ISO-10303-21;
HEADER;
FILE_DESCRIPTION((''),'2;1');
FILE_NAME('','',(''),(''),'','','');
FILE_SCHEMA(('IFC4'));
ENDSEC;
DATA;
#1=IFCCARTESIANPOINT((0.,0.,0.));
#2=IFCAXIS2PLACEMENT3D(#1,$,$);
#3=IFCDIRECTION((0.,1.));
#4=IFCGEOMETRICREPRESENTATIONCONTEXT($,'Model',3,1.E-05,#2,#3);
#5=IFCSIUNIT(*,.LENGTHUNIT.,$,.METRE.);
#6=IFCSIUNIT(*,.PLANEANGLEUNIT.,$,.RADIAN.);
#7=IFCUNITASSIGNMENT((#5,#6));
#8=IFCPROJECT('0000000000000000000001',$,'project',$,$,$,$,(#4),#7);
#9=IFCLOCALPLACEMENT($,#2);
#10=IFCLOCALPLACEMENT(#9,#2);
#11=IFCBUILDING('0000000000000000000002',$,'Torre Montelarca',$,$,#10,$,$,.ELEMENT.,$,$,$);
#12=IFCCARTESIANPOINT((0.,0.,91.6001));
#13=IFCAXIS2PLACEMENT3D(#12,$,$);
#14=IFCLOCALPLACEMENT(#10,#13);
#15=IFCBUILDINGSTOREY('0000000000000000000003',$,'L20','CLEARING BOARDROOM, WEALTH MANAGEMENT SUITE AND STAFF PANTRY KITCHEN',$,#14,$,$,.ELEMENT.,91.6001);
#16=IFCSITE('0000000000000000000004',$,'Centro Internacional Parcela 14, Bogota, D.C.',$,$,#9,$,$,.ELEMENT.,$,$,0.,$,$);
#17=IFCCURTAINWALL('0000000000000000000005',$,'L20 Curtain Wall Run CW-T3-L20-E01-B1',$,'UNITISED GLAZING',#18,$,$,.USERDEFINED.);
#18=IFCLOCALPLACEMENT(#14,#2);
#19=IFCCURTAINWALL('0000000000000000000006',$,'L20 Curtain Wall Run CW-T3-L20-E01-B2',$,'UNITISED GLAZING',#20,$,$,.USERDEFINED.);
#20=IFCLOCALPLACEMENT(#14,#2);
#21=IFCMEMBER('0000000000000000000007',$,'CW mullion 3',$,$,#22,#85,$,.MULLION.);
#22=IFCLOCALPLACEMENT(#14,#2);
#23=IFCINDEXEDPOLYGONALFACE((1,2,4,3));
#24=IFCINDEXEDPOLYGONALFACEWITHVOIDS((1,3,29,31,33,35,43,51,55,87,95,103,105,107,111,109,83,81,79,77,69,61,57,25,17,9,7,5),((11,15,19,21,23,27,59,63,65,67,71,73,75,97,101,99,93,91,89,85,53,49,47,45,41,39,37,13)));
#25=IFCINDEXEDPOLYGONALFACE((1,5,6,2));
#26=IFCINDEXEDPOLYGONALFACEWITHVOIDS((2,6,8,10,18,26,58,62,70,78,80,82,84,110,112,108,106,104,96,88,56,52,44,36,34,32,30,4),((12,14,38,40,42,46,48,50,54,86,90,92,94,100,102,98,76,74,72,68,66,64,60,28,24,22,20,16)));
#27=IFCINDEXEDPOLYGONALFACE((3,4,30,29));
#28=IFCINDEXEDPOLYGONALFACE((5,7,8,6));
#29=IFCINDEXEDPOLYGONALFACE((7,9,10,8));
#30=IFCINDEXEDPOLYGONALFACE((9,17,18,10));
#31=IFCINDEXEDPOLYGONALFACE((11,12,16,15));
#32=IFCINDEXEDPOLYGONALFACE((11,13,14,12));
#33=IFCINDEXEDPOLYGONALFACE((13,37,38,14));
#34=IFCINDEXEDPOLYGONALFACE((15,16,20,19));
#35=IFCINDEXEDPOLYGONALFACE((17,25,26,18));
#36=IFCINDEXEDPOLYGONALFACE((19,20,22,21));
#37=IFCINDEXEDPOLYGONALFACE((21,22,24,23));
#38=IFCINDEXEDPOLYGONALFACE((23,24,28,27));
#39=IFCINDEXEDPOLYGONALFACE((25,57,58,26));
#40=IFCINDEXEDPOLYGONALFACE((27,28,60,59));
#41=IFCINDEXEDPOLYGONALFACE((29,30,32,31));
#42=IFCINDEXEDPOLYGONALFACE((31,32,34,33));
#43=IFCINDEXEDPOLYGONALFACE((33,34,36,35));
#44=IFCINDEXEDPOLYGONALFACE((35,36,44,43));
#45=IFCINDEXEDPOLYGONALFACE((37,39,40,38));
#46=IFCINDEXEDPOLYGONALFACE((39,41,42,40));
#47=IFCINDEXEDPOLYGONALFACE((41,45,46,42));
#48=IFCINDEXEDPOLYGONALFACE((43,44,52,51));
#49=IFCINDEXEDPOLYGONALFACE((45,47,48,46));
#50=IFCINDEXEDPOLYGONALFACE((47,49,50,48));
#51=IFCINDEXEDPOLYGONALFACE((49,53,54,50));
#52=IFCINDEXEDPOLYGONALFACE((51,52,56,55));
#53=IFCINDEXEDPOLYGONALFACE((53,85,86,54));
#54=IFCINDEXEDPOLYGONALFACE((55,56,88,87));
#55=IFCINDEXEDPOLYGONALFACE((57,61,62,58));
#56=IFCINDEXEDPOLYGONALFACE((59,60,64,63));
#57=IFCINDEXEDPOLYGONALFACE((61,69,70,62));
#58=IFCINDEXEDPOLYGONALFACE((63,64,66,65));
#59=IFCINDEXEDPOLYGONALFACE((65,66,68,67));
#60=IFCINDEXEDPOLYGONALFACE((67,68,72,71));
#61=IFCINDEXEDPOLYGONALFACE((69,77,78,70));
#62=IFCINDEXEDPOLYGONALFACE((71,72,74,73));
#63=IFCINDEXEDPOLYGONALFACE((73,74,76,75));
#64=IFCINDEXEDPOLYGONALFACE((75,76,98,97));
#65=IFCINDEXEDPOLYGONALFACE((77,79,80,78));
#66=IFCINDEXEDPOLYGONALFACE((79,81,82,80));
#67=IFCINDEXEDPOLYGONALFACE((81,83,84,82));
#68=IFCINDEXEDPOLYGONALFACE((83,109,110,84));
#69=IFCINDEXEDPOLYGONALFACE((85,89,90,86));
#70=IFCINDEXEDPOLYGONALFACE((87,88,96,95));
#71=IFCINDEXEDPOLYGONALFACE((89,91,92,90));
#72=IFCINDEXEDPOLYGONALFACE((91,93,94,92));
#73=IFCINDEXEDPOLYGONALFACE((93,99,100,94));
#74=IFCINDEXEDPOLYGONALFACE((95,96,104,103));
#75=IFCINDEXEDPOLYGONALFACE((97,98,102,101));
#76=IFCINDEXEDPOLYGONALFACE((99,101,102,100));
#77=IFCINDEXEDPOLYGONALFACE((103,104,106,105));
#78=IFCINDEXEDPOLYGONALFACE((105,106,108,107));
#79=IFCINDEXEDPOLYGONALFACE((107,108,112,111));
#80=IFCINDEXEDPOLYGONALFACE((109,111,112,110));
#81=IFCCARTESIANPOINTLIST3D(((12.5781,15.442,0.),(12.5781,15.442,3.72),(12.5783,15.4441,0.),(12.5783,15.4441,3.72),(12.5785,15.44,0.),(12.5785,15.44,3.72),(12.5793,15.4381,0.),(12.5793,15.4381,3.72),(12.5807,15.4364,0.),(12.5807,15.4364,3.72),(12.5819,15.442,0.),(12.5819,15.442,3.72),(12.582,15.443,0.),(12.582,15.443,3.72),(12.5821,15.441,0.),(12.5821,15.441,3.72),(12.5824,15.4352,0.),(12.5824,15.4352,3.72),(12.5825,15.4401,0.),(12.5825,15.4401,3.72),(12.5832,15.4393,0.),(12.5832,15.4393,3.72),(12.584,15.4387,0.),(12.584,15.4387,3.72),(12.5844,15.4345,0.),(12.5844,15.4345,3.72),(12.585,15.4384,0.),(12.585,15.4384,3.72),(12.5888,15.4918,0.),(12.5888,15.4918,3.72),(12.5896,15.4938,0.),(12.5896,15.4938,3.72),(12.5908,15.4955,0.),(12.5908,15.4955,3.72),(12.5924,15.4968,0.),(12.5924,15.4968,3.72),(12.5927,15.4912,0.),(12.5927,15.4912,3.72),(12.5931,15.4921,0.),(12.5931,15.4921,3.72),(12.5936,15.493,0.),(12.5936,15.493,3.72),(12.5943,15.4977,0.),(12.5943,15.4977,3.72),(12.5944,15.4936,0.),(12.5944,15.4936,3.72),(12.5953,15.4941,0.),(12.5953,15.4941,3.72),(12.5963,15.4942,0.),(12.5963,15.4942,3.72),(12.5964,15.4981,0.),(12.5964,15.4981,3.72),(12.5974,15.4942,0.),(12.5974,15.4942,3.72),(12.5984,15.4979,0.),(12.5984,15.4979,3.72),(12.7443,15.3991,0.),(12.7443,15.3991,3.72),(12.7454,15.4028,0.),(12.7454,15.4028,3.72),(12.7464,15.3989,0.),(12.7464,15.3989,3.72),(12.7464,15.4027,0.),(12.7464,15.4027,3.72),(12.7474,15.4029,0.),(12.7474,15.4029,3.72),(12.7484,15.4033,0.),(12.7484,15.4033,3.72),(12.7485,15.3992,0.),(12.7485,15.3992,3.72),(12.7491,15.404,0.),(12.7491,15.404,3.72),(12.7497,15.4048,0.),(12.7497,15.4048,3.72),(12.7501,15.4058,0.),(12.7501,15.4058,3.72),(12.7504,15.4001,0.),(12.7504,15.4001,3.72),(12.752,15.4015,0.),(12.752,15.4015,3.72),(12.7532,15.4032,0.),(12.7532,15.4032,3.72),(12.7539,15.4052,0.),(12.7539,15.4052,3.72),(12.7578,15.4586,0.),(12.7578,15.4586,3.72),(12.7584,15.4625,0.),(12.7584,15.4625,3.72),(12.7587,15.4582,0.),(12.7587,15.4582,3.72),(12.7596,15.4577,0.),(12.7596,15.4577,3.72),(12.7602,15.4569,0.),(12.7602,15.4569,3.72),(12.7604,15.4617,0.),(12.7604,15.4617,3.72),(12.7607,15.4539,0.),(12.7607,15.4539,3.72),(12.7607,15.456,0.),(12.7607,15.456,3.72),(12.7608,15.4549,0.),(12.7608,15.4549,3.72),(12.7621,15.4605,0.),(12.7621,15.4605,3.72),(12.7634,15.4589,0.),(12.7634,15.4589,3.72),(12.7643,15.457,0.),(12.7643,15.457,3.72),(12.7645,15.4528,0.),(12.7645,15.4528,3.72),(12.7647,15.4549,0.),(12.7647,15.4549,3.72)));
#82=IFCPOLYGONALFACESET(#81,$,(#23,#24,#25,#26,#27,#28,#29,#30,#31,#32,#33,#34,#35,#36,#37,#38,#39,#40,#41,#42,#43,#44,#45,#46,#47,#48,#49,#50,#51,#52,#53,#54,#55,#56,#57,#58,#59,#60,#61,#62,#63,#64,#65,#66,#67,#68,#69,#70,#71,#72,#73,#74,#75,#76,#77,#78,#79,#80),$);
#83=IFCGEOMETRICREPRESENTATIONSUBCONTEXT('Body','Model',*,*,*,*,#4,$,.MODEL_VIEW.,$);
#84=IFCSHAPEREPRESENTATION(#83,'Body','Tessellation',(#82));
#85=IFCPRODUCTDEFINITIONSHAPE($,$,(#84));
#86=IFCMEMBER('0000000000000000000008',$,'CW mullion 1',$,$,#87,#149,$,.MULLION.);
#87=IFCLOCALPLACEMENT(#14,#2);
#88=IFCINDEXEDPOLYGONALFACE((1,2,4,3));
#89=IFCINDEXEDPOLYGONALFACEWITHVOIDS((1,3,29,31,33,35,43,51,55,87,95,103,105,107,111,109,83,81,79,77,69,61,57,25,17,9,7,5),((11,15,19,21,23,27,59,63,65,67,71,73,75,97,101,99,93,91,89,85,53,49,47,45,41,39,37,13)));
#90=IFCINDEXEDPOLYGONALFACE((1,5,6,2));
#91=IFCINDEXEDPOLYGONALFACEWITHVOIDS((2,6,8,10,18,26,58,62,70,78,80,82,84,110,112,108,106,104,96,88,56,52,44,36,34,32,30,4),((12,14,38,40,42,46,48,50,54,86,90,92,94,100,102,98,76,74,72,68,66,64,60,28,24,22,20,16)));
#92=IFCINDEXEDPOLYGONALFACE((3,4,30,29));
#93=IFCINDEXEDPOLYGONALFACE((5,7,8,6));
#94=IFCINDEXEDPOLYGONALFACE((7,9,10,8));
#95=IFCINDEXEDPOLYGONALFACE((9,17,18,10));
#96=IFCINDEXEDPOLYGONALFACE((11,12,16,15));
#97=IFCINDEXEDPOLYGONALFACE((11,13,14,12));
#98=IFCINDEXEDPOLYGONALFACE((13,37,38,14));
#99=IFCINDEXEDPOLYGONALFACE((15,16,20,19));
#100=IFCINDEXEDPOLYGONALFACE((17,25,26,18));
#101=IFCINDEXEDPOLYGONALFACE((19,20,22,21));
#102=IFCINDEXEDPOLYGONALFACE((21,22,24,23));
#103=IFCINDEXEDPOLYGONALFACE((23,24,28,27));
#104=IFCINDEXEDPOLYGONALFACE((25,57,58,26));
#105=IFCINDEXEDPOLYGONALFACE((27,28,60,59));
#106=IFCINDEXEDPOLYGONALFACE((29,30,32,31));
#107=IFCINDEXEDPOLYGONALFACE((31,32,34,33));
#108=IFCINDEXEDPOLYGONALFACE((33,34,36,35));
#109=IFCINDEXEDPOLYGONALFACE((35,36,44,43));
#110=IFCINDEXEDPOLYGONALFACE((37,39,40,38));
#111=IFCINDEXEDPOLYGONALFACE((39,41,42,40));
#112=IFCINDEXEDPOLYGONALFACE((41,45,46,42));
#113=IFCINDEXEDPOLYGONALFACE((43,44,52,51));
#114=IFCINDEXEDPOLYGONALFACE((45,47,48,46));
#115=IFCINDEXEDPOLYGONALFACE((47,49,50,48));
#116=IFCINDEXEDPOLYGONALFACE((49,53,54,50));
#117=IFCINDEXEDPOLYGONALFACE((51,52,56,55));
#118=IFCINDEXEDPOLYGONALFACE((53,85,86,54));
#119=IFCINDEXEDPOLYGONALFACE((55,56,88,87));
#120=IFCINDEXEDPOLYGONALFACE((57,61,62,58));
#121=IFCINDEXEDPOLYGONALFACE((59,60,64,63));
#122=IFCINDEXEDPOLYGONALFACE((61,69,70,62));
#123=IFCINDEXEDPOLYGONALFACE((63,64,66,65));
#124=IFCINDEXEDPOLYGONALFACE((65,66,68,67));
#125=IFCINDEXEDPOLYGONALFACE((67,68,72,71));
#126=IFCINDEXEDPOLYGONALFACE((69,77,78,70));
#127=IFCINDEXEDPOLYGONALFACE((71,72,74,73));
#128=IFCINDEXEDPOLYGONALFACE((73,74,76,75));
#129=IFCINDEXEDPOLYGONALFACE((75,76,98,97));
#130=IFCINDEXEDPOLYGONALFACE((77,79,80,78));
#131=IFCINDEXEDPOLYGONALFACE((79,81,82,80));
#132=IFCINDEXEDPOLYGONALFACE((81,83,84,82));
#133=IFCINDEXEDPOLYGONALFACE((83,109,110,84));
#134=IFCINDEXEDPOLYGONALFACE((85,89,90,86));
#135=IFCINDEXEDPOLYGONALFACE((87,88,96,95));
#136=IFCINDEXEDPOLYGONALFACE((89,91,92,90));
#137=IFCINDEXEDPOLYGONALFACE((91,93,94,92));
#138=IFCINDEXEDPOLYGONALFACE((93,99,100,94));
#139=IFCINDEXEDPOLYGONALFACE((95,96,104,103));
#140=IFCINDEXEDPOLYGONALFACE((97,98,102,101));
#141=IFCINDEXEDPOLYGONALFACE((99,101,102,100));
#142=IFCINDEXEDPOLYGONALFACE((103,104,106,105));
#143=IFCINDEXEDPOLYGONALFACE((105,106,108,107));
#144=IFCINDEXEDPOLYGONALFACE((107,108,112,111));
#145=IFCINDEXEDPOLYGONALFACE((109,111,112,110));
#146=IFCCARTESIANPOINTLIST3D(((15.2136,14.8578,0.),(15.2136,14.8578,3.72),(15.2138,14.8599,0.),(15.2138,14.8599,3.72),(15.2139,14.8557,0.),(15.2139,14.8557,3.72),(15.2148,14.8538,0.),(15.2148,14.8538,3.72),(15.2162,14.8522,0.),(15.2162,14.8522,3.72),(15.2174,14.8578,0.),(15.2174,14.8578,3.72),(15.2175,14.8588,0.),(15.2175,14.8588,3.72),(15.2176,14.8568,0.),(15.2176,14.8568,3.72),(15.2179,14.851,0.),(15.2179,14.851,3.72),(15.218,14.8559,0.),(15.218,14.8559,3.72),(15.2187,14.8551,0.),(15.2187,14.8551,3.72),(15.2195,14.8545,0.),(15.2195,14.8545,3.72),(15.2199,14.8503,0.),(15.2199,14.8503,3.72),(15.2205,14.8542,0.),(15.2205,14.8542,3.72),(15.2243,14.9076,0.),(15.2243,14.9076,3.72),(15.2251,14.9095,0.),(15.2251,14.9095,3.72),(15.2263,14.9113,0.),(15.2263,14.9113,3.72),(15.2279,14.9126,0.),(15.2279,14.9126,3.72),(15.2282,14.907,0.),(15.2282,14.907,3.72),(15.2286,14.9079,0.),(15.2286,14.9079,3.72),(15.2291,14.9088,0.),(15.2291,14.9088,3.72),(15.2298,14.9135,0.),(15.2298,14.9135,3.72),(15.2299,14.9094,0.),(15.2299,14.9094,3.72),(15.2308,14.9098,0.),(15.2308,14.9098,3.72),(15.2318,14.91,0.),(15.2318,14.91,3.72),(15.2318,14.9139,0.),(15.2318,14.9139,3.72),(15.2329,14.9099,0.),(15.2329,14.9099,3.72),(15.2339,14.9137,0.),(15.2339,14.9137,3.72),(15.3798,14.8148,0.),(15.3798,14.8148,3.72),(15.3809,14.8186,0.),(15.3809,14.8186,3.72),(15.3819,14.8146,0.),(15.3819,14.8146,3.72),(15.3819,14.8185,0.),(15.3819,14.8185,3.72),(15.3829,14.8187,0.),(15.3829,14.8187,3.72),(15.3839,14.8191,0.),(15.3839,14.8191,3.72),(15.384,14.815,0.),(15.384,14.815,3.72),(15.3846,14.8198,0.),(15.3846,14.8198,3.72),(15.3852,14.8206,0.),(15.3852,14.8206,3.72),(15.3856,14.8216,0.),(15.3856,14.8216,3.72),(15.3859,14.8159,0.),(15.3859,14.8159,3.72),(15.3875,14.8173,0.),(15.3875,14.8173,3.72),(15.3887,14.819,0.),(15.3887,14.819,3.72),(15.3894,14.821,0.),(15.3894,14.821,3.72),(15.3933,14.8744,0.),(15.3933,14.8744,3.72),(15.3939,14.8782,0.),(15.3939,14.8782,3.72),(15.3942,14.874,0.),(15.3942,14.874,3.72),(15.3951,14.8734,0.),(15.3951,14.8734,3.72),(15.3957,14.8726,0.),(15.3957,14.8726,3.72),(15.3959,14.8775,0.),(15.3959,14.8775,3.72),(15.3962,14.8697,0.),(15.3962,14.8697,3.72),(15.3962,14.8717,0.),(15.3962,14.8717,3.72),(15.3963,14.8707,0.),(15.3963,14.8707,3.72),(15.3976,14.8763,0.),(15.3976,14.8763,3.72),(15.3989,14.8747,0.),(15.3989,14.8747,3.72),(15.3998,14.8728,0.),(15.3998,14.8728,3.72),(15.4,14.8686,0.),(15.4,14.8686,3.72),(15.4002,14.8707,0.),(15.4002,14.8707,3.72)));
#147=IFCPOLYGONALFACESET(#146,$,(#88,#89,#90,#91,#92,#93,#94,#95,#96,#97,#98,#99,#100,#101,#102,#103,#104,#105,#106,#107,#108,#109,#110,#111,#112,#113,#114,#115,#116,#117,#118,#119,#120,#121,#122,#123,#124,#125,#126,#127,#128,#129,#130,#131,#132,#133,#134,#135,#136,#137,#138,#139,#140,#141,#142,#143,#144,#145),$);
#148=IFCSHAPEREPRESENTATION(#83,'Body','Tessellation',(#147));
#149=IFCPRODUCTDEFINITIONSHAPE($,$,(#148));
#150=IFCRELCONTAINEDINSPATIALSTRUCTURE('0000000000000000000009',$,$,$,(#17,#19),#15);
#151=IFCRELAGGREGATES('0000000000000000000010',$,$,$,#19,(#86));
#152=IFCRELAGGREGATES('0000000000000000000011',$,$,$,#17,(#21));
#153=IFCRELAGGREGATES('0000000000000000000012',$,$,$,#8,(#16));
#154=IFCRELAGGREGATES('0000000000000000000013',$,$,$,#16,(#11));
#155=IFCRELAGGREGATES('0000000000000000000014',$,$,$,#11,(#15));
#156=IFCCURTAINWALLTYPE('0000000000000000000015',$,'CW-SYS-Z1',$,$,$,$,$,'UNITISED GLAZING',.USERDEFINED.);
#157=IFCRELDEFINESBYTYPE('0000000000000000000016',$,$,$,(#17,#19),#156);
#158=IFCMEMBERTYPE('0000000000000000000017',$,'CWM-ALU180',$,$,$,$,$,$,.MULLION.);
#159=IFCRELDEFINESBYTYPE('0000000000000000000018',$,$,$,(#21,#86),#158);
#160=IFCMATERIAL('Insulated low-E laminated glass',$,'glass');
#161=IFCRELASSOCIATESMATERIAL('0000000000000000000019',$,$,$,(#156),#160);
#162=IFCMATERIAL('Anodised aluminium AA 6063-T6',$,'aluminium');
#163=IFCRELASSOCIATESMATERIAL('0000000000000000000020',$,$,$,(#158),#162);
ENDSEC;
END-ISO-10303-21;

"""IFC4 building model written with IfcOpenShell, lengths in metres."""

from ifc_helpers import new_model, si_unit, direction, frame, origin, origin_2d, place, context, subcontext, project, spatial, hollow_rectangle, extrude, source, transform, mapped, material, material_profile, profile_set, type_object, element, aggregate, save


model = new_model("IFC4")

# Units and contexts
model_context = context("Model", 3, precision=1e-05, world=origin(), true_north=direction((0.0, 1.0)))
body_context = subcontext(model_context, "Body", "Model", "MODEL_VIEW")
ifc_project = project(units=[si_unit("LENGTHUNIT", "METRE"), si_unit("PLANEANGLEUNIT", "RADIAN")], contexts=[model_context])

# Site, building, storey
site_placement = place(None, origin())
site = spatial("IfcSite", under=ifc_project, at=site_placement, Name="Centro Internacional Parcela 14, Bogota, D.C.", CompositionType="ELEMENT", RefElevation=0.0)
building_placement = place(site_placement, origin())
building = spatial("IfcBuilding", under=site, at=building_placement, Name="Torre Montelarca", CompositionType="ELEMENT")
storey_placement = place(building_placement, frame((0.0, 0.0, 91.6001)))
storey = spatial("IfcBuildingStorey", under=building, at=storey_placement, Name="L20", Description="CLEARING BOARDROOM, WEALTH MANAGEMENT SUITE AND STAFF PANTRY KITCHEN", CompositionType="ELEMENT", Elevation=91.6001)

# Curtain walls
ifc_material_1 = material(Name="Insulated low-E laminated glass", Category="glass")
curtain_wall_type = type_object("IfcCurtainWallType", Name="CW-SYS-Z1", ElementType="UNITISED GLAZING", PredefinedType="USERDEFINED", material=ifc_material_1)
curtain_wall_1_placement = place(storey_placement, origin())
curtain_wall_1 = element("IfcCurtainWall", 1, at=curtain_wall_1_placement, inside=storey, type_object=curtain_wall_type, Name="L20 Curtain Wall Run CW-T3-L20-E01-B1", ObjectType="UNITISED GLAZING", PredefinedType="USERDEFINED")
ifc_material_2 = material(Name="Anodised aluminium AA 6063-T6", Category="aluminium")
curtain_wall_2_placement = place(storey_placement, origin())
curtain_wall_2 = element("IfcCurtainWall", 2, at=curtain_wall_2_placement, inside=storey, type_object=curtain_wall_type, Name="L20 Curtain Wall Run CW-T3-L20-E01-B2", ObjectType="UNITISED GLAZING", PredefinedType="USERDEFINED")

# Members
ifc_material_profile_1 = material_profile(ifc_material_2, hollow_rectangle(XDim=0.0649, YDim=0.1799, WallThickness=0.0039, InnerFilletRadius=0.0039, OuterFilletRadius=0.0081, at=origin_2d()), Name="ALU65X180X4", Category="aluminium")
ifc_profile_set_1 = profile_set([ifc_material_profile_1], Name="Anodised aluminium AA 6063-T6")
member_type_1 = type_object("IfcMemberType", Name="CWM-ALU180", PredefinedType="MULLION", material=ifc_profile_set_1)
shared_shape_1 = source(origin(), body_context, "Body", "SweptSolid", [
    extrude(hollow_rectangle(XDim=0.0649, YDim=0.1799, WallThickness=0.0039, InnerFilletRadius=0.0039, OuterFilletRadius=0.0081, at=origin_2d()), origin(), (0.0, 0.0, 1.0), 3.72),
])
member_1_placement = place(storey_placement, frame((12.6714, 15.4485, 0.0), z_axis=(0.0, 0.0, 1.0), x_axis=(0.216441, 0.976296, 0.0)))
member_1 = element("IfcMember", 3, at=member_1_placement, type_object=member_type_1, Name="CW mullion 3", PredefinedType="MULLION", context=body_context, shape_type="MappedRepresentation", body=[
    mapped(shared_shape_1, transform((0.0, 0.0, 0.0), scale=1.0)),
])
member_2_placement = place(storey_placement, frame((15.3069, 14.8643, 0.0), z_axis=(0.0, 0.0, 1.0), x_axis=(0.21644, 0.976296, 0.0)))
member_2 = element("IfcMember", 4, at=member_2_placement, type_object=member_type_1, Name="CW mullion 1", PredefinedType="MULLION", context=body_context, shape_type="MappedRepresentation", body=[
    mapped(shared_shape_1, transform((0.0, 0.0, 0.0), scale=1.0)),
])

aggregate(curtain_wall_2, [member_2])
aggregate(curtain_wall_1, [member_1])

save(model, "model.ifc")
